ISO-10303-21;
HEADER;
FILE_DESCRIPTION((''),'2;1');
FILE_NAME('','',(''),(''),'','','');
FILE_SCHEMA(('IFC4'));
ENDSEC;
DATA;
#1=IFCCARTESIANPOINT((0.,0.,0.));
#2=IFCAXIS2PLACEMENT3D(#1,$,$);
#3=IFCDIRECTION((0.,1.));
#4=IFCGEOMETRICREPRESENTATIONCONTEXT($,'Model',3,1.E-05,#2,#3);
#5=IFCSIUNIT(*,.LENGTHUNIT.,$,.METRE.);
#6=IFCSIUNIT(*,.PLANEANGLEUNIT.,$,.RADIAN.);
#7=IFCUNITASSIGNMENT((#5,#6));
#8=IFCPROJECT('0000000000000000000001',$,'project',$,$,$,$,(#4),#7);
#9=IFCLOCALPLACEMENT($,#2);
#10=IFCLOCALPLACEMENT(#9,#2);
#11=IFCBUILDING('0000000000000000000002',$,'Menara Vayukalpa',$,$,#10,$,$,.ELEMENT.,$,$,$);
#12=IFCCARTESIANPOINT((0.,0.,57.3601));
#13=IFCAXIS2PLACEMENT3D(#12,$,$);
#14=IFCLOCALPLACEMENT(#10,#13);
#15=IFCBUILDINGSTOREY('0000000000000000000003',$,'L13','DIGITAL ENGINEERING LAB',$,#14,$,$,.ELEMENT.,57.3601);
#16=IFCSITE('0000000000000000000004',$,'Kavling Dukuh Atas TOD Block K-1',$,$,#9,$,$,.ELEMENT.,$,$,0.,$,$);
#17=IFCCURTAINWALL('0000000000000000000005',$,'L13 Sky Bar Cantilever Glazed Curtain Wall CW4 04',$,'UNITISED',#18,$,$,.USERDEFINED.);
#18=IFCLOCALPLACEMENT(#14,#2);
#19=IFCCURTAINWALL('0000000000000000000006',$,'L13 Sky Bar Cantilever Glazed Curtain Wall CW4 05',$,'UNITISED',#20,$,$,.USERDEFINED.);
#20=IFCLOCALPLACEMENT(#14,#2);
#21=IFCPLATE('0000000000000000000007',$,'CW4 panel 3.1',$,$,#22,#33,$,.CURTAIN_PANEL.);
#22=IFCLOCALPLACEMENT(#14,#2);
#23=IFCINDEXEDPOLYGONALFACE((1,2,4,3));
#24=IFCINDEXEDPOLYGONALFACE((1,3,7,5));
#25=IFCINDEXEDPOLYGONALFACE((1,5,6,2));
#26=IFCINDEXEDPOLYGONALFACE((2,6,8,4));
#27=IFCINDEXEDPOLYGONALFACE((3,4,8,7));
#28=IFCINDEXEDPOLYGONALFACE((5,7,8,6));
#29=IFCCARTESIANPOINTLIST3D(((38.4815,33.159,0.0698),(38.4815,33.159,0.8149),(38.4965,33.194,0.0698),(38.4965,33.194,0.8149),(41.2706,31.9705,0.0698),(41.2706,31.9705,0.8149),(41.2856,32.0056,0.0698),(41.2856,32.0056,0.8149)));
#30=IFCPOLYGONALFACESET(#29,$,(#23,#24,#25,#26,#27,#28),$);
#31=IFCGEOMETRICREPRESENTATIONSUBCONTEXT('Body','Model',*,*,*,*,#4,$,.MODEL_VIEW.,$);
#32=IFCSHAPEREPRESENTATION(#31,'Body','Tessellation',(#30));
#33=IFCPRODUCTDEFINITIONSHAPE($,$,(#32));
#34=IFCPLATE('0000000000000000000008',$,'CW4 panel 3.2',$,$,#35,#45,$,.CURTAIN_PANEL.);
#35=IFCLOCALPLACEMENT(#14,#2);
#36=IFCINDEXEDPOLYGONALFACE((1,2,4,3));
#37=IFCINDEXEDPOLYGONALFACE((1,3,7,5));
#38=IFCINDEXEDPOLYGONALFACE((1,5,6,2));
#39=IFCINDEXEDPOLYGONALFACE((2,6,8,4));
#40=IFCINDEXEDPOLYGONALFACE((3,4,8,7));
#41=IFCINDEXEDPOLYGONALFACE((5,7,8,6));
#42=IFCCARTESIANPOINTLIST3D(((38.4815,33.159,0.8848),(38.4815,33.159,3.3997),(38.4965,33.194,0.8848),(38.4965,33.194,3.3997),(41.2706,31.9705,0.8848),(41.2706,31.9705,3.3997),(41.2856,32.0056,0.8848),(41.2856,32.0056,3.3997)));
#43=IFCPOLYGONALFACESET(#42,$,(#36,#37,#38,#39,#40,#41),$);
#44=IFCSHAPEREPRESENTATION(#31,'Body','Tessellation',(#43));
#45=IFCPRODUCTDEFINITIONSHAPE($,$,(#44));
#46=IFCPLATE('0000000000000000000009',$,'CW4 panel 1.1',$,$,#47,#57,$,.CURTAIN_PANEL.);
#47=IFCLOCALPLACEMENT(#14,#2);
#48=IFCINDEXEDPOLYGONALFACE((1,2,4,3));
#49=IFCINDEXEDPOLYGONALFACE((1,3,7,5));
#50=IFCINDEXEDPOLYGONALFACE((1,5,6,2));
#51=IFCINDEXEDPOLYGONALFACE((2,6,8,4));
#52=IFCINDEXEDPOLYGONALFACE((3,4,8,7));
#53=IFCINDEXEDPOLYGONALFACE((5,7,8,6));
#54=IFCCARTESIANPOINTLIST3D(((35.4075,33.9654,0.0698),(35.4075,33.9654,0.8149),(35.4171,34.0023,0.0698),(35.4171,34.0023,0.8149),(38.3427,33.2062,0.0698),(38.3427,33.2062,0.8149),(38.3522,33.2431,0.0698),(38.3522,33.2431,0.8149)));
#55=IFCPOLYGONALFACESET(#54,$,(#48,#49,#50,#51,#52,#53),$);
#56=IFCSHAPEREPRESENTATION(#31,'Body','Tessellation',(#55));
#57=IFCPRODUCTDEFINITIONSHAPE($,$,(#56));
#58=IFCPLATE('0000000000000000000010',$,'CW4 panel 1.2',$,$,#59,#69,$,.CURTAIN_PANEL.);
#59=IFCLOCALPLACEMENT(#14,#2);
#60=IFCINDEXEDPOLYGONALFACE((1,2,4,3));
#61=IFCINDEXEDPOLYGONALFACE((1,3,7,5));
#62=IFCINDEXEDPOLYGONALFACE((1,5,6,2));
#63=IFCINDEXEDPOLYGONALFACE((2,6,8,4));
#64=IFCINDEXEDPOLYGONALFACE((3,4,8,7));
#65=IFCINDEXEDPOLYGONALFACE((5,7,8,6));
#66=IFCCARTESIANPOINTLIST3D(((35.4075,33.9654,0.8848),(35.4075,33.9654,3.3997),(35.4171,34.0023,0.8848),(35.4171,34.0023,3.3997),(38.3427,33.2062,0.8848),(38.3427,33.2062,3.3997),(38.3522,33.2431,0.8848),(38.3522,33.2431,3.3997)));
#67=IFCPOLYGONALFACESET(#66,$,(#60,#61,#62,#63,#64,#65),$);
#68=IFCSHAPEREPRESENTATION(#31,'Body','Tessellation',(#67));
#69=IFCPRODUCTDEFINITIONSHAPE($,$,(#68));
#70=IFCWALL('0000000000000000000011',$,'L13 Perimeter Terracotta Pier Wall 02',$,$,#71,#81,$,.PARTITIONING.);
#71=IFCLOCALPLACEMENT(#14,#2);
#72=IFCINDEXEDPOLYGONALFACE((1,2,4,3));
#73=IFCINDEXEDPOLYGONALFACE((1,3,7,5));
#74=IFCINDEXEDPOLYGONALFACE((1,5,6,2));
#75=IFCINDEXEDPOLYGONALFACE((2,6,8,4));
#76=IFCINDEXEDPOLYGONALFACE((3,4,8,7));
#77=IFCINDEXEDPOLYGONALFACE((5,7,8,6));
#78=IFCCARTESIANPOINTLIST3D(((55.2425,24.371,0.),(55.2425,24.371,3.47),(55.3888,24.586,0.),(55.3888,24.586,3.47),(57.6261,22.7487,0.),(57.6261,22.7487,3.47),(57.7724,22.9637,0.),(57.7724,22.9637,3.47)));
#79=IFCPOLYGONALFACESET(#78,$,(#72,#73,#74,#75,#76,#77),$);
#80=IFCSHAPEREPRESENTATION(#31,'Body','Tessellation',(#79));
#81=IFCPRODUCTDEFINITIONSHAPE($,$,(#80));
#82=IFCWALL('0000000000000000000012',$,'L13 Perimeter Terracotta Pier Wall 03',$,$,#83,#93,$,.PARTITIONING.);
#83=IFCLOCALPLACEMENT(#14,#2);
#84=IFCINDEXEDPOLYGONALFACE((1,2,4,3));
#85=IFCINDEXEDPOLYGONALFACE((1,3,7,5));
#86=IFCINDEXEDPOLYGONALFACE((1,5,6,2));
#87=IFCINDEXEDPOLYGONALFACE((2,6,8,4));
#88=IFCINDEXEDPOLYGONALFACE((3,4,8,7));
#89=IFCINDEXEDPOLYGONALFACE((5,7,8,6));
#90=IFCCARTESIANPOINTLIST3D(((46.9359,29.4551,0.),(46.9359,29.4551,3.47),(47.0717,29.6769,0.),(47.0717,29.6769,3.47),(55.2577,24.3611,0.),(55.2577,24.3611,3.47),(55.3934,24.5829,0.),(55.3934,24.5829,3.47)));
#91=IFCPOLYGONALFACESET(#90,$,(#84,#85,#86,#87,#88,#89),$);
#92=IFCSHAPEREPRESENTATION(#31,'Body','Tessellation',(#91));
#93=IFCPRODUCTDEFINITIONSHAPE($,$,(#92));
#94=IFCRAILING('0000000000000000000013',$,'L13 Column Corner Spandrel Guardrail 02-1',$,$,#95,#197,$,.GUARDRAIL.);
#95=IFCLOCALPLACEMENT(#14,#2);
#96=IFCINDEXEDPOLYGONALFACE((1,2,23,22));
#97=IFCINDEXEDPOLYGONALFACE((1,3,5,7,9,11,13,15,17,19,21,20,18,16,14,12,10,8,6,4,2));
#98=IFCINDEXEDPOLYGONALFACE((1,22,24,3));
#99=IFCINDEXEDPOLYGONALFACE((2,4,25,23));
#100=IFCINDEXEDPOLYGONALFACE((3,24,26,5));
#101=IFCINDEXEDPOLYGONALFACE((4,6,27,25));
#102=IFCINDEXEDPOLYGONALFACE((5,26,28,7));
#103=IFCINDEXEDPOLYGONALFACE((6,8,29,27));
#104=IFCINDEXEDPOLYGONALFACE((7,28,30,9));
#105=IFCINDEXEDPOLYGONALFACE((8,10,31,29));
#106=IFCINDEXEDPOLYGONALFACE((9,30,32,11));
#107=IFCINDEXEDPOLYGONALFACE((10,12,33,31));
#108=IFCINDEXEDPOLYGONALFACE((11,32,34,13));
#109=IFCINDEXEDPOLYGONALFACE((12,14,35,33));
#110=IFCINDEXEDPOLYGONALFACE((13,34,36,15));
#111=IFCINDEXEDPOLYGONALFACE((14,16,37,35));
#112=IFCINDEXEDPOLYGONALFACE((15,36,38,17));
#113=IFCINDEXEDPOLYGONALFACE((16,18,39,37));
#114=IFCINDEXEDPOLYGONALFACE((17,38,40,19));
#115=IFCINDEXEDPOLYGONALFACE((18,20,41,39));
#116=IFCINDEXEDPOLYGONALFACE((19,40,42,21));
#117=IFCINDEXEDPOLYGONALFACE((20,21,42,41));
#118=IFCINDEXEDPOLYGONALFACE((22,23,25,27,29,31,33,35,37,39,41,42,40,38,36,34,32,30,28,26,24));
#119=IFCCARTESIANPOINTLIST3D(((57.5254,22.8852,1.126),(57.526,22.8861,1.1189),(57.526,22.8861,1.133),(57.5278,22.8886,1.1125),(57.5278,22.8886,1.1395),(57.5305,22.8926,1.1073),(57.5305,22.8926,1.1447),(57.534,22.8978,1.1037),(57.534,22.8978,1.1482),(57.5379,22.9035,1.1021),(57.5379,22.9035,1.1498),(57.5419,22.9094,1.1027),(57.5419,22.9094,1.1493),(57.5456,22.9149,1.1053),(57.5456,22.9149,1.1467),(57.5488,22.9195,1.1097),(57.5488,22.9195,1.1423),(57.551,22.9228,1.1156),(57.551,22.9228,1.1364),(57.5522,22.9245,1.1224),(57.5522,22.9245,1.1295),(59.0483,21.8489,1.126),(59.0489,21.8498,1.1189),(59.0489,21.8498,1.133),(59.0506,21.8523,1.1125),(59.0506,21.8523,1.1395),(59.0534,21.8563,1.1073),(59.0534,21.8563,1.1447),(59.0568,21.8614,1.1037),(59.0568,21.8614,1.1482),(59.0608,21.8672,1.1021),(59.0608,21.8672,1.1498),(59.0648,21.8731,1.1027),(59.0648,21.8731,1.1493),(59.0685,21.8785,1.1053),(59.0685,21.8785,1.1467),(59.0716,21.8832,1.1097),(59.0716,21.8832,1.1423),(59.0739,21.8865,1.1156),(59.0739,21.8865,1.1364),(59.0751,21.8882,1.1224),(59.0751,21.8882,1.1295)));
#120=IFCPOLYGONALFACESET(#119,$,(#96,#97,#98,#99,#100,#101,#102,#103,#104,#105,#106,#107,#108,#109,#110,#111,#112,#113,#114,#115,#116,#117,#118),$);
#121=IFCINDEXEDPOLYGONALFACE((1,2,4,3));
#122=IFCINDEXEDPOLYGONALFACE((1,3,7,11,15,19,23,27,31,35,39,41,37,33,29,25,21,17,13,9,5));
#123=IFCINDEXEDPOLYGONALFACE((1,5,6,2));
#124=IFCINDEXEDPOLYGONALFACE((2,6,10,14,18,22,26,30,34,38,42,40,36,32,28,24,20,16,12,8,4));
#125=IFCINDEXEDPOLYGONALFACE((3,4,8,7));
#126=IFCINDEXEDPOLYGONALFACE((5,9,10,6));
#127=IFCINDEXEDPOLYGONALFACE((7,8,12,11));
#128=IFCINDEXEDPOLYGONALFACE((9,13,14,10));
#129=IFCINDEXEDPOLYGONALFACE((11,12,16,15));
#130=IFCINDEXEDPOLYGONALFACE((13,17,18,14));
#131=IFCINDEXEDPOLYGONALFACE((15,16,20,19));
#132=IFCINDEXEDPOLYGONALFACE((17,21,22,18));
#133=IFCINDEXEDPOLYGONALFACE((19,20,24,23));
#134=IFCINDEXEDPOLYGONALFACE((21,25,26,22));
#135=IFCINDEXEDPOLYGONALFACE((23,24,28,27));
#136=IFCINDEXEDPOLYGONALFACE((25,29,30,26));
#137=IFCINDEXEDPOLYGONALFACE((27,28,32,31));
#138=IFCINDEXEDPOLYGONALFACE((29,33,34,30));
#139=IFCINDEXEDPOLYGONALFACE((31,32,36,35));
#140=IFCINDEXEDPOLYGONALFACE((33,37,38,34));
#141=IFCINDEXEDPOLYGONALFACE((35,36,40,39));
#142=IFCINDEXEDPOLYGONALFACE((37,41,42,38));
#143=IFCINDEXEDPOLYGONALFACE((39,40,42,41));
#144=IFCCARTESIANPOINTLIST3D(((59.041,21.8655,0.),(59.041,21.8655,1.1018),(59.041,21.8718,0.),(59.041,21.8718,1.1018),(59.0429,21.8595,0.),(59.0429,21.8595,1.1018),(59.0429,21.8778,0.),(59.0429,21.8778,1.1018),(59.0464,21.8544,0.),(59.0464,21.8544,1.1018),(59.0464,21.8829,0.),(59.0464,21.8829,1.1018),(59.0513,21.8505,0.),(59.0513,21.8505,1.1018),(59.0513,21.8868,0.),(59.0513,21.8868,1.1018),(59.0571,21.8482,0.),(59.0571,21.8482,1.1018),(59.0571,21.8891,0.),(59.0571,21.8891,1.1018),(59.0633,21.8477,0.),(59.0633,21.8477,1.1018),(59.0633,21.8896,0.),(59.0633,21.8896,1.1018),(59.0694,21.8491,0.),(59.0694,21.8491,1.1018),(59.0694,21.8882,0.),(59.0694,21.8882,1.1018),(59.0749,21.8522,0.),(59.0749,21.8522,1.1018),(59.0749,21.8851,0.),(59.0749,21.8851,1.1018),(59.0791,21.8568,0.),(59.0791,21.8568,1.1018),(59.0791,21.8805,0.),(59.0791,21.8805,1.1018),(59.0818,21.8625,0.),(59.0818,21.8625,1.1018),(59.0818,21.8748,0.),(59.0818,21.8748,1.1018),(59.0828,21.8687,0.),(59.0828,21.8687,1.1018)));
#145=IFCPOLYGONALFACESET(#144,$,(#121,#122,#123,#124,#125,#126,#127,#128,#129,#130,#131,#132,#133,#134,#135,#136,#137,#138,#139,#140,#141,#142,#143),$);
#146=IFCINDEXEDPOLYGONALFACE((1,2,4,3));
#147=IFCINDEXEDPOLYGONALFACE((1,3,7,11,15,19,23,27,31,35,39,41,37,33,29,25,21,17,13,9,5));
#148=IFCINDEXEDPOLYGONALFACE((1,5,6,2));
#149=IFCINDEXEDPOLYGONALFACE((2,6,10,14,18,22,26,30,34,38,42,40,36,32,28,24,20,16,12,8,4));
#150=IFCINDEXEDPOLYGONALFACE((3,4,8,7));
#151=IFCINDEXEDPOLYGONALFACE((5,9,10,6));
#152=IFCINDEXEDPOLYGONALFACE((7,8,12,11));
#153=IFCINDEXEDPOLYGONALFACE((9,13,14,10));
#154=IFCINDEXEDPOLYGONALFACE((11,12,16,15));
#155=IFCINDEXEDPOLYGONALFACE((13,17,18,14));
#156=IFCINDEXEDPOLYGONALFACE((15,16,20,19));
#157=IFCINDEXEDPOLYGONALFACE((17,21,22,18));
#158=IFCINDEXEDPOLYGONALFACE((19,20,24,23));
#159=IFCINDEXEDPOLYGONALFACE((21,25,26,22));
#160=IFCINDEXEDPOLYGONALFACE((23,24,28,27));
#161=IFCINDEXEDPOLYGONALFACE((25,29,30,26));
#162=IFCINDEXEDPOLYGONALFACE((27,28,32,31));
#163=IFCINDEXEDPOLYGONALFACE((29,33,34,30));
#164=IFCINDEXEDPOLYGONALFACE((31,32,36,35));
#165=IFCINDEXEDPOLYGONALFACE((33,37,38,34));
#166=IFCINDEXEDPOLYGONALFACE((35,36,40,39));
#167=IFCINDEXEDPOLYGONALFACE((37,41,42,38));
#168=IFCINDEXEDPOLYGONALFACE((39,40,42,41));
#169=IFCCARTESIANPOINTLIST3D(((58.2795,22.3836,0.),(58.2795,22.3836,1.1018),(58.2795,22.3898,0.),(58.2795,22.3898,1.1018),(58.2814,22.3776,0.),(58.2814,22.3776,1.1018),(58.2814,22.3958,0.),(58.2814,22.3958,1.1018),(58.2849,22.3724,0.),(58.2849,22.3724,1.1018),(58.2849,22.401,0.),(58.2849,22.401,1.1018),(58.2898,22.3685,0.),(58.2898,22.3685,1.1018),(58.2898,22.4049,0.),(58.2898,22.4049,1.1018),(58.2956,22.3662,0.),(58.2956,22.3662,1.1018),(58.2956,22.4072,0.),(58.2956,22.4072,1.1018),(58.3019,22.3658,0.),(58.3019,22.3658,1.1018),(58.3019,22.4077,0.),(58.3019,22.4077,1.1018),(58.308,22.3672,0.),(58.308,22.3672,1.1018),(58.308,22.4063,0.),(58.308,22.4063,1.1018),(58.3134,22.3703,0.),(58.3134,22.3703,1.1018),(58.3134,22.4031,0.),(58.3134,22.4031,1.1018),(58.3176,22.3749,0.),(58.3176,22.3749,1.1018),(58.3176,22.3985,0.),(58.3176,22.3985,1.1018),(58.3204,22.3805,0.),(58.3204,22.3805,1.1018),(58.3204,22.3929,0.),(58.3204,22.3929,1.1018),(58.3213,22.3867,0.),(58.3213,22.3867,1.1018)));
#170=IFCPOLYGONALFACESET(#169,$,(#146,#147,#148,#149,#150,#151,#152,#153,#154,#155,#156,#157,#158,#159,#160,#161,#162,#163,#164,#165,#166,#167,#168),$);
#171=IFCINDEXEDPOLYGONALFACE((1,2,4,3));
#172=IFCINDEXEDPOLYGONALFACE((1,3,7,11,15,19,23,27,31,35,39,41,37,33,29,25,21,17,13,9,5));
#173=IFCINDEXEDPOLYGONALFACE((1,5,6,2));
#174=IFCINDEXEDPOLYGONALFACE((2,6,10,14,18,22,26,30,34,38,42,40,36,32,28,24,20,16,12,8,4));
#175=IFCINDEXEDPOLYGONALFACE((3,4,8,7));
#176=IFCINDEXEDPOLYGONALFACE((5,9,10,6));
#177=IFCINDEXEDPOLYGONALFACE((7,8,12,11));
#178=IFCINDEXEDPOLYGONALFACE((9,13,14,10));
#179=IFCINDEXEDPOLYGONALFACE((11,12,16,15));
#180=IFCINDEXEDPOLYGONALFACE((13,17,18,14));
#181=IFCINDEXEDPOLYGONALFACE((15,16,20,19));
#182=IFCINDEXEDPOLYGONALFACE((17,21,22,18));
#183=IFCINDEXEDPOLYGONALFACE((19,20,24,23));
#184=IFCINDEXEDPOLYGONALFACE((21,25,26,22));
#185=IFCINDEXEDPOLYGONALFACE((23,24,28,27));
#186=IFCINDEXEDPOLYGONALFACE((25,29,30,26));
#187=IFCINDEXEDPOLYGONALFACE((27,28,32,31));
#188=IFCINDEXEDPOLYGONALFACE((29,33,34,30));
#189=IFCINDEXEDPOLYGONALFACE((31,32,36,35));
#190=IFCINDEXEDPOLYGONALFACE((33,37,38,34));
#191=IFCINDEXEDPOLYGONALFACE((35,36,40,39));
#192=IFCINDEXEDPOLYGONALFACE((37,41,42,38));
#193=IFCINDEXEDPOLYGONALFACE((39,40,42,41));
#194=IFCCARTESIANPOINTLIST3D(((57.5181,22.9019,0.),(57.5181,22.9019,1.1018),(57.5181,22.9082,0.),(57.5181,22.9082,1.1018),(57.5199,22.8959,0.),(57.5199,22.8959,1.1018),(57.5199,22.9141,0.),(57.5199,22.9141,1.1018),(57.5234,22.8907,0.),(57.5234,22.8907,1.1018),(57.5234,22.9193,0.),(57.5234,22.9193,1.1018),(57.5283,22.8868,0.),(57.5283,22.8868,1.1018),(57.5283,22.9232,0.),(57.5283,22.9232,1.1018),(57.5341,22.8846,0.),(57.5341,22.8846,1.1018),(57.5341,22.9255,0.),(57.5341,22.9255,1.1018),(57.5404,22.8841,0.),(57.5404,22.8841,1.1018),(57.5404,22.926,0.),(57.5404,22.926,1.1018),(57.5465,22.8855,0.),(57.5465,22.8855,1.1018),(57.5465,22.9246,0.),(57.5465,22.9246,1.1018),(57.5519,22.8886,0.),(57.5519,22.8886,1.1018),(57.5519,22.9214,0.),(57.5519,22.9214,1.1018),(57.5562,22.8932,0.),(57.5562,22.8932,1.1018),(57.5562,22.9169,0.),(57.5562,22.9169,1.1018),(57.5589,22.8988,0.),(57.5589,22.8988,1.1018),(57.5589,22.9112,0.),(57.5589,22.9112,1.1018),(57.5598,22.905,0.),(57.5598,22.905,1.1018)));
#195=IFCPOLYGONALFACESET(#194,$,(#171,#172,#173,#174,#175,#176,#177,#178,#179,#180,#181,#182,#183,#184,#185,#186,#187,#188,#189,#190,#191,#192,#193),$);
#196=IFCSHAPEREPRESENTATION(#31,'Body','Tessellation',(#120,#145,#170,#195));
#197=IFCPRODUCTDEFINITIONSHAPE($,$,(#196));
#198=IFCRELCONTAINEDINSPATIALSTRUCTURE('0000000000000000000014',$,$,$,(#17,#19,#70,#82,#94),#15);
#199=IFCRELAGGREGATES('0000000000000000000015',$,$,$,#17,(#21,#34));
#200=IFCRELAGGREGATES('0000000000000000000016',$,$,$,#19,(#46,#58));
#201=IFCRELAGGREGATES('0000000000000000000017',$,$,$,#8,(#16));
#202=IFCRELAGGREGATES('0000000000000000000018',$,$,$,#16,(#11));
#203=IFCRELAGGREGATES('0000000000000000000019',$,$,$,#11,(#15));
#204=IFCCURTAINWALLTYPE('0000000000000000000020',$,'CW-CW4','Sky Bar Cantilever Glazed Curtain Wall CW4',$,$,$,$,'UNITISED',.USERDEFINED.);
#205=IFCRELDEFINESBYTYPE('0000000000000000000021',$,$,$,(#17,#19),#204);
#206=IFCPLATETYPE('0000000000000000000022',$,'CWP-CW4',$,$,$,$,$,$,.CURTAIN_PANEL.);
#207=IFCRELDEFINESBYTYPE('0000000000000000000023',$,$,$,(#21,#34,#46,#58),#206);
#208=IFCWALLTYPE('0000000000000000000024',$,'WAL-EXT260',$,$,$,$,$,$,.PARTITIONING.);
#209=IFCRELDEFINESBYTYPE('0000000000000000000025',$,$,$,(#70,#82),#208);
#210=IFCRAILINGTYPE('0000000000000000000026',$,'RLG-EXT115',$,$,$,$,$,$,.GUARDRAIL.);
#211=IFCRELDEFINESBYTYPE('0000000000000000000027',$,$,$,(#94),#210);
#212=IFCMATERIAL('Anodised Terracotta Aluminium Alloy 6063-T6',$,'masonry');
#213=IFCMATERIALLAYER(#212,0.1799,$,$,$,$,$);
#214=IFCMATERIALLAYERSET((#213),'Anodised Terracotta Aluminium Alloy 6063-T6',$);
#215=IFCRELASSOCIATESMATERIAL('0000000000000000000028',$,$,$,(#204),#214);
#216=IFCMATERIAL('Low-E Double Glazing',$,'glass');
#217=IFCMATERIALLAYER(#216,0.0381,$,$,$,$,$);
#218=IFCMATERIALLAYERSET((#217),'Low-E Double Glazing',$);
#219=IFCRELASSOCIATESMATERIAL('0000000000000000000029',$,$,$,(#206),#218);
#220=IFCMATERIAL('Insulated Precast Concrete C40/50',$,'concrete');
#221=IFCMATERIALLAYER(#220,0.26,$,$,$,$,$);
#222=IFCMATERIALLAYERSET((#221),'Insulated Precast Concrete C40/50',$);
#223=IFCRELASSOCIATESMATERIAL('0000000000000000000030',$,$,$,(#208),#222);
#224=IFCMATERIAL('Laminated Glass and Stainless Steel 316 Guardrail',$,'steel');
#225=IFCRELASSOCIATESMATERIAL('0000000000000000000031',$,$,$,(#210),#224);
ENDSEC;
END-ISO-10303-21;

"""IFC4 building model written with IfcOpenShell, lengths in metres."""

from ifc_helpers import new_model, si_unit, direction, frame, frame_2d, origin, origin_2d, place, context, subcontext, project, spatial, rectangle, circle, extrude, material, layer, layer_set, type_object, element, aggregate, save


model = new_model("IFC4")

# Units and contexts
model_context = context("Model", 3, precision=1e-05, world=origin(), true_north=direction((0.0, 1.0)))
body_context = subcontext(model_context, "Body", "Model", "MODEL_VIEW")
ifc_project = project(units=[si_unit("LENGTHUNIT", "METRE"), si_unit("PLANEANGLEUNIT", "RADIAN")], contexts=[model_context])

# Site, building, storey
site_placement = place(None, origin())
site = spatial("IfcSite", under=ifc_project, at=site_placement, Name="Kavling Dukuh Atas TOD Block K-1", CompositionType="ELEMENT", RefElevation=0.0)
building_placement = place(site_placement, origin())
building = spatial("IfcBuilding", under=site, at=building_placement, Name="Menara Vayukalpa", CompositionType="ELEMENT")
storey_placement = place(building_placement, frame((0.0, 0.0, 57.3601)))
storey = spatial("IfcBuildingStorey", under=building, at=storey_placement, Name="L13", Description="DIGITAL ENGINEERING LAB", CompositionType="ELEMENT", Elevation=57.3601)

# Curtain walls
ifc_material_1 = material(Name="Anodised Terracotta Aluminium Alloy 6063-T6", Category="masonry")
ifc_layer_1 = layer(ifc_material_1, 0.1799)
ifc_layer_set_1 = layer_set([ifc_layer_1], Name="Anodised Terracotta Aluminium Alloy 6063-T6")
curtain_wall_type = type_object("IfcCurtainWallType", Name="CW-CW4", Description="Sky Bar Cantilever Glazed Curtain Wall CW4", ElementType="UNITISED", PredefinedType="USERDEFINED", material=ifc_layer_set_1)
curtain_wall_1_placement = place(storey_placement, origin())
curtain_wall_1 = element("IfcCurtainWall", 1, at=curtain_wall_1_placement, inside=storey, type_object=curtain_wall_type, Name="L13 Sky Bar Cantilever Glazed Curtain Wall CW4 04", ObjectType="UNITISED", PredefinedType="USERDEFINED")
curtain_wall_2_placement = place(storey_placement, origin())
curtain_wall_2 = element("IfcCurtainWall", 2, at=curtain_wall_2_placement, inside=storey, type_object=curtain_wall_type, Name="L13 Sky Bar Cantilever Glazed Curtain Wall CW4 05", ObjectType="UNITISED", PredefinedType="USERDEFINED")

# Plates
ifc_material_2 = material(Name="Low-E Double Glazing", Category="glass")
ifc_layer_2 = layer(ifc_material_2, 0.0381)
ifc_layer_set_2 = layer_set([ifc_layer_2], Name="Low-E Double Glazing")
plate_type = type_object("IfcPlateType", Name="CWP-CW4", PredefinedType="CURTAIN_PANEL", material=ifc_layer_set_2)
plate_1_placement = place(storey_placement, frame((39.8835, 32.5823, 0.0698), z_axis=(0.0, 0.0, 1.0), x_axis=(-0.919962, 0.392008, 0.0)))
plate_1 = element("IfcPlate", 3, at=plate_1_placement, type_object=plate_type, Name="CW4 panel 3.1", PredefinedType="CURTAIN_PANEL", context=body_context, shape_type="SweptSolid", body=[
    extrude(rectangle(XDim=3.0317, YDim=0.0381, at=origin_2d()), origin(), (0.0, 0.0, 1.0), 0.7451),
])
plate_2_placement = place(storey_placement, frame((39.8835, 32.5823, 0.8848), z_axis=(0.0, 0.0, 1.0), x_axis=(-0.919962, 0.392008, 0.0)))
plate_2 = element("IfcPlate", 4, at=plate_2_placement, type_object=plate_type, Name="CW4 panel 3.2", PredefinedType="CURTAIN_PANEL", context=body_context, shape_type="SweptSolid", body=[
    extrude(rectangle(XDim=3.0317, YDim=0.0381, at=origin_2d()), origin(), (0.0, 0.0, 1.0), 2.5149),
])
aggregate(curtain_wall_1, [plate_1, plate_2])
plate_3_placement = place(storey_placement, frame((36.8799, 33.6042, 0.0698), z_axis=(0.0, 0.0, 1.0), x_axis=(-0.968142, 0.250403, 0.0)))
plate_3 = element("IfcPlate", 5, at=plate_3_placement, type_object=plate_type, Name="CW4 panel 1.1", PredefinedType="CURTAIN_PANEL", context=body_context, shape_type="SweptSolid", body=[
    extrude(rectangle(XDim=3.0317, YDim=0.0381, at=origin_2d()), origin(), (0.0, 0.0, 1.0), 0.7451),
])
plate_4_placement = place(storey_placement, frame((36.8799, 33.6042, 0.8848), z_axis=(0.0, 0.0, 1.0), x_axis=(-0.968142, 0.250403, 0.0)))
plate_4 = element("IfcPlate", 6, at=plate_4_placement, type_object=plate_type, Name="CW4 panel 1.2", PredefinedType="CURTAIN_PANEL", context=body_context, shape_type="SweptSolid", body=[
    extrude(rectangle(XDim=3.0317, YDim=0.0381, at=origin_2d()), origin(), (0.0, 0.0, 1.0), 2.5149),
])
aggregate(curtain_wall_2, [plate_3, plate_4])

# Walls
ifc_material_3 = material(Name="Insulated Precast Concrete C40/50", Category="concrete")
ifc_layer_3 = layer(ifc_material_3, 0.26)
ifc_layer_set_3 = layer_set([ifc_layer_3], Name="Insulated Precast Concrete C40/50")
wall_type = type_object("IfcWallType", Name="WAL-EXT260", PredefinedType="PARTITIONING", material=ifc_layer_set_3)
wall_1_placement = place(storey_placement, frame((55.3157, 24.4785, 0.0), z_axis=(0.0, 0.0, 1.0), x_axis=(0.826684, -0.562667, 0.0)))
element("IfcWall", 7, at=wall_1_placement, inside=storey, type_object=wall_type, Name="L13 Perimeter Terracotta Pier Wall 02", PredefinedType="PARTITIONING", context=body_context, shape_type="SweptSolid", body=[
    extrude(rectangle(XDim=2.8833, YDim=0.26, at=frame_2d((1.4417, 0.0))), origin(), (0.0, 0.0, 1.0), 3.47),
])
wall_2_placement = place(storey_placement, frame((47.0039, 29.5659, 0.0), z_axis=(0.0, 0.0, 1.0), x_axis=(0.852896, -0.522081, 0.0)))
element("IfcWall", 8, at=wall_2_placement, inside=storey, type_object=wall_type, Name="L13 Perimeter Terracotta Pier Wall 03", PredefinedType="PARTITIONING", context=body_context, shape_type="SweptSolid", body=[
    extrude(rectangle(XDim=9.7571, YDim=0.26, at=frame_2d((4.8784, 0.0))), origin(), (0.0, 0.0, 1.0), 3.47),
])

# Railing
ifc_material_4 = material(Name="Laminated Glass and Stainless Steel 316 Guardrail", Category="steel")
railing_type = type_object("IfcRailingType", Name="RLG-EXT115", PredefinedType="GUARDRAIL", material=ifc_material_4)
railing_placement = place(storey_placement, frame((59.0618, 21.8687, 0.0)))
element("IfcRailing", 9, at=railing_placement, inside=storey, type_object=railing_type, Name="L13 Column Corner Spandrel Guardrail 02-1", PredefinedType="GUARDRAIL", context=body_context, shape_type="SweptSolid", body=[
    extrude(circle(Radius=0.0239, at=origin_2d()), frame((0.0, 0.0, 1.126), z_axis=(-0.826732, 0.562596, 0.0), x_axis=(-0.562596, -0.826732, 0.0)), (0.0, 0.0, 1.0), 1.842),
    extrude(circle(Radius=0.021, at=origin_2d()), origin(), (0.0, 0.0, 1.0), 1.1018),
    extrude(circle(Radius=0.021, at=origin_2d()), frame((-0.7615, 0.5181, 0.0)), (0.0, 0.0, 1.0), 1.1018),
    extrude(circle(Radius=0.021, at=origin_2d()), frame((-1.5229, 1.0364, 0.0)), (0.0, 0.0, 1.0), 1.1018),
])

save(model, "model.ifc")
